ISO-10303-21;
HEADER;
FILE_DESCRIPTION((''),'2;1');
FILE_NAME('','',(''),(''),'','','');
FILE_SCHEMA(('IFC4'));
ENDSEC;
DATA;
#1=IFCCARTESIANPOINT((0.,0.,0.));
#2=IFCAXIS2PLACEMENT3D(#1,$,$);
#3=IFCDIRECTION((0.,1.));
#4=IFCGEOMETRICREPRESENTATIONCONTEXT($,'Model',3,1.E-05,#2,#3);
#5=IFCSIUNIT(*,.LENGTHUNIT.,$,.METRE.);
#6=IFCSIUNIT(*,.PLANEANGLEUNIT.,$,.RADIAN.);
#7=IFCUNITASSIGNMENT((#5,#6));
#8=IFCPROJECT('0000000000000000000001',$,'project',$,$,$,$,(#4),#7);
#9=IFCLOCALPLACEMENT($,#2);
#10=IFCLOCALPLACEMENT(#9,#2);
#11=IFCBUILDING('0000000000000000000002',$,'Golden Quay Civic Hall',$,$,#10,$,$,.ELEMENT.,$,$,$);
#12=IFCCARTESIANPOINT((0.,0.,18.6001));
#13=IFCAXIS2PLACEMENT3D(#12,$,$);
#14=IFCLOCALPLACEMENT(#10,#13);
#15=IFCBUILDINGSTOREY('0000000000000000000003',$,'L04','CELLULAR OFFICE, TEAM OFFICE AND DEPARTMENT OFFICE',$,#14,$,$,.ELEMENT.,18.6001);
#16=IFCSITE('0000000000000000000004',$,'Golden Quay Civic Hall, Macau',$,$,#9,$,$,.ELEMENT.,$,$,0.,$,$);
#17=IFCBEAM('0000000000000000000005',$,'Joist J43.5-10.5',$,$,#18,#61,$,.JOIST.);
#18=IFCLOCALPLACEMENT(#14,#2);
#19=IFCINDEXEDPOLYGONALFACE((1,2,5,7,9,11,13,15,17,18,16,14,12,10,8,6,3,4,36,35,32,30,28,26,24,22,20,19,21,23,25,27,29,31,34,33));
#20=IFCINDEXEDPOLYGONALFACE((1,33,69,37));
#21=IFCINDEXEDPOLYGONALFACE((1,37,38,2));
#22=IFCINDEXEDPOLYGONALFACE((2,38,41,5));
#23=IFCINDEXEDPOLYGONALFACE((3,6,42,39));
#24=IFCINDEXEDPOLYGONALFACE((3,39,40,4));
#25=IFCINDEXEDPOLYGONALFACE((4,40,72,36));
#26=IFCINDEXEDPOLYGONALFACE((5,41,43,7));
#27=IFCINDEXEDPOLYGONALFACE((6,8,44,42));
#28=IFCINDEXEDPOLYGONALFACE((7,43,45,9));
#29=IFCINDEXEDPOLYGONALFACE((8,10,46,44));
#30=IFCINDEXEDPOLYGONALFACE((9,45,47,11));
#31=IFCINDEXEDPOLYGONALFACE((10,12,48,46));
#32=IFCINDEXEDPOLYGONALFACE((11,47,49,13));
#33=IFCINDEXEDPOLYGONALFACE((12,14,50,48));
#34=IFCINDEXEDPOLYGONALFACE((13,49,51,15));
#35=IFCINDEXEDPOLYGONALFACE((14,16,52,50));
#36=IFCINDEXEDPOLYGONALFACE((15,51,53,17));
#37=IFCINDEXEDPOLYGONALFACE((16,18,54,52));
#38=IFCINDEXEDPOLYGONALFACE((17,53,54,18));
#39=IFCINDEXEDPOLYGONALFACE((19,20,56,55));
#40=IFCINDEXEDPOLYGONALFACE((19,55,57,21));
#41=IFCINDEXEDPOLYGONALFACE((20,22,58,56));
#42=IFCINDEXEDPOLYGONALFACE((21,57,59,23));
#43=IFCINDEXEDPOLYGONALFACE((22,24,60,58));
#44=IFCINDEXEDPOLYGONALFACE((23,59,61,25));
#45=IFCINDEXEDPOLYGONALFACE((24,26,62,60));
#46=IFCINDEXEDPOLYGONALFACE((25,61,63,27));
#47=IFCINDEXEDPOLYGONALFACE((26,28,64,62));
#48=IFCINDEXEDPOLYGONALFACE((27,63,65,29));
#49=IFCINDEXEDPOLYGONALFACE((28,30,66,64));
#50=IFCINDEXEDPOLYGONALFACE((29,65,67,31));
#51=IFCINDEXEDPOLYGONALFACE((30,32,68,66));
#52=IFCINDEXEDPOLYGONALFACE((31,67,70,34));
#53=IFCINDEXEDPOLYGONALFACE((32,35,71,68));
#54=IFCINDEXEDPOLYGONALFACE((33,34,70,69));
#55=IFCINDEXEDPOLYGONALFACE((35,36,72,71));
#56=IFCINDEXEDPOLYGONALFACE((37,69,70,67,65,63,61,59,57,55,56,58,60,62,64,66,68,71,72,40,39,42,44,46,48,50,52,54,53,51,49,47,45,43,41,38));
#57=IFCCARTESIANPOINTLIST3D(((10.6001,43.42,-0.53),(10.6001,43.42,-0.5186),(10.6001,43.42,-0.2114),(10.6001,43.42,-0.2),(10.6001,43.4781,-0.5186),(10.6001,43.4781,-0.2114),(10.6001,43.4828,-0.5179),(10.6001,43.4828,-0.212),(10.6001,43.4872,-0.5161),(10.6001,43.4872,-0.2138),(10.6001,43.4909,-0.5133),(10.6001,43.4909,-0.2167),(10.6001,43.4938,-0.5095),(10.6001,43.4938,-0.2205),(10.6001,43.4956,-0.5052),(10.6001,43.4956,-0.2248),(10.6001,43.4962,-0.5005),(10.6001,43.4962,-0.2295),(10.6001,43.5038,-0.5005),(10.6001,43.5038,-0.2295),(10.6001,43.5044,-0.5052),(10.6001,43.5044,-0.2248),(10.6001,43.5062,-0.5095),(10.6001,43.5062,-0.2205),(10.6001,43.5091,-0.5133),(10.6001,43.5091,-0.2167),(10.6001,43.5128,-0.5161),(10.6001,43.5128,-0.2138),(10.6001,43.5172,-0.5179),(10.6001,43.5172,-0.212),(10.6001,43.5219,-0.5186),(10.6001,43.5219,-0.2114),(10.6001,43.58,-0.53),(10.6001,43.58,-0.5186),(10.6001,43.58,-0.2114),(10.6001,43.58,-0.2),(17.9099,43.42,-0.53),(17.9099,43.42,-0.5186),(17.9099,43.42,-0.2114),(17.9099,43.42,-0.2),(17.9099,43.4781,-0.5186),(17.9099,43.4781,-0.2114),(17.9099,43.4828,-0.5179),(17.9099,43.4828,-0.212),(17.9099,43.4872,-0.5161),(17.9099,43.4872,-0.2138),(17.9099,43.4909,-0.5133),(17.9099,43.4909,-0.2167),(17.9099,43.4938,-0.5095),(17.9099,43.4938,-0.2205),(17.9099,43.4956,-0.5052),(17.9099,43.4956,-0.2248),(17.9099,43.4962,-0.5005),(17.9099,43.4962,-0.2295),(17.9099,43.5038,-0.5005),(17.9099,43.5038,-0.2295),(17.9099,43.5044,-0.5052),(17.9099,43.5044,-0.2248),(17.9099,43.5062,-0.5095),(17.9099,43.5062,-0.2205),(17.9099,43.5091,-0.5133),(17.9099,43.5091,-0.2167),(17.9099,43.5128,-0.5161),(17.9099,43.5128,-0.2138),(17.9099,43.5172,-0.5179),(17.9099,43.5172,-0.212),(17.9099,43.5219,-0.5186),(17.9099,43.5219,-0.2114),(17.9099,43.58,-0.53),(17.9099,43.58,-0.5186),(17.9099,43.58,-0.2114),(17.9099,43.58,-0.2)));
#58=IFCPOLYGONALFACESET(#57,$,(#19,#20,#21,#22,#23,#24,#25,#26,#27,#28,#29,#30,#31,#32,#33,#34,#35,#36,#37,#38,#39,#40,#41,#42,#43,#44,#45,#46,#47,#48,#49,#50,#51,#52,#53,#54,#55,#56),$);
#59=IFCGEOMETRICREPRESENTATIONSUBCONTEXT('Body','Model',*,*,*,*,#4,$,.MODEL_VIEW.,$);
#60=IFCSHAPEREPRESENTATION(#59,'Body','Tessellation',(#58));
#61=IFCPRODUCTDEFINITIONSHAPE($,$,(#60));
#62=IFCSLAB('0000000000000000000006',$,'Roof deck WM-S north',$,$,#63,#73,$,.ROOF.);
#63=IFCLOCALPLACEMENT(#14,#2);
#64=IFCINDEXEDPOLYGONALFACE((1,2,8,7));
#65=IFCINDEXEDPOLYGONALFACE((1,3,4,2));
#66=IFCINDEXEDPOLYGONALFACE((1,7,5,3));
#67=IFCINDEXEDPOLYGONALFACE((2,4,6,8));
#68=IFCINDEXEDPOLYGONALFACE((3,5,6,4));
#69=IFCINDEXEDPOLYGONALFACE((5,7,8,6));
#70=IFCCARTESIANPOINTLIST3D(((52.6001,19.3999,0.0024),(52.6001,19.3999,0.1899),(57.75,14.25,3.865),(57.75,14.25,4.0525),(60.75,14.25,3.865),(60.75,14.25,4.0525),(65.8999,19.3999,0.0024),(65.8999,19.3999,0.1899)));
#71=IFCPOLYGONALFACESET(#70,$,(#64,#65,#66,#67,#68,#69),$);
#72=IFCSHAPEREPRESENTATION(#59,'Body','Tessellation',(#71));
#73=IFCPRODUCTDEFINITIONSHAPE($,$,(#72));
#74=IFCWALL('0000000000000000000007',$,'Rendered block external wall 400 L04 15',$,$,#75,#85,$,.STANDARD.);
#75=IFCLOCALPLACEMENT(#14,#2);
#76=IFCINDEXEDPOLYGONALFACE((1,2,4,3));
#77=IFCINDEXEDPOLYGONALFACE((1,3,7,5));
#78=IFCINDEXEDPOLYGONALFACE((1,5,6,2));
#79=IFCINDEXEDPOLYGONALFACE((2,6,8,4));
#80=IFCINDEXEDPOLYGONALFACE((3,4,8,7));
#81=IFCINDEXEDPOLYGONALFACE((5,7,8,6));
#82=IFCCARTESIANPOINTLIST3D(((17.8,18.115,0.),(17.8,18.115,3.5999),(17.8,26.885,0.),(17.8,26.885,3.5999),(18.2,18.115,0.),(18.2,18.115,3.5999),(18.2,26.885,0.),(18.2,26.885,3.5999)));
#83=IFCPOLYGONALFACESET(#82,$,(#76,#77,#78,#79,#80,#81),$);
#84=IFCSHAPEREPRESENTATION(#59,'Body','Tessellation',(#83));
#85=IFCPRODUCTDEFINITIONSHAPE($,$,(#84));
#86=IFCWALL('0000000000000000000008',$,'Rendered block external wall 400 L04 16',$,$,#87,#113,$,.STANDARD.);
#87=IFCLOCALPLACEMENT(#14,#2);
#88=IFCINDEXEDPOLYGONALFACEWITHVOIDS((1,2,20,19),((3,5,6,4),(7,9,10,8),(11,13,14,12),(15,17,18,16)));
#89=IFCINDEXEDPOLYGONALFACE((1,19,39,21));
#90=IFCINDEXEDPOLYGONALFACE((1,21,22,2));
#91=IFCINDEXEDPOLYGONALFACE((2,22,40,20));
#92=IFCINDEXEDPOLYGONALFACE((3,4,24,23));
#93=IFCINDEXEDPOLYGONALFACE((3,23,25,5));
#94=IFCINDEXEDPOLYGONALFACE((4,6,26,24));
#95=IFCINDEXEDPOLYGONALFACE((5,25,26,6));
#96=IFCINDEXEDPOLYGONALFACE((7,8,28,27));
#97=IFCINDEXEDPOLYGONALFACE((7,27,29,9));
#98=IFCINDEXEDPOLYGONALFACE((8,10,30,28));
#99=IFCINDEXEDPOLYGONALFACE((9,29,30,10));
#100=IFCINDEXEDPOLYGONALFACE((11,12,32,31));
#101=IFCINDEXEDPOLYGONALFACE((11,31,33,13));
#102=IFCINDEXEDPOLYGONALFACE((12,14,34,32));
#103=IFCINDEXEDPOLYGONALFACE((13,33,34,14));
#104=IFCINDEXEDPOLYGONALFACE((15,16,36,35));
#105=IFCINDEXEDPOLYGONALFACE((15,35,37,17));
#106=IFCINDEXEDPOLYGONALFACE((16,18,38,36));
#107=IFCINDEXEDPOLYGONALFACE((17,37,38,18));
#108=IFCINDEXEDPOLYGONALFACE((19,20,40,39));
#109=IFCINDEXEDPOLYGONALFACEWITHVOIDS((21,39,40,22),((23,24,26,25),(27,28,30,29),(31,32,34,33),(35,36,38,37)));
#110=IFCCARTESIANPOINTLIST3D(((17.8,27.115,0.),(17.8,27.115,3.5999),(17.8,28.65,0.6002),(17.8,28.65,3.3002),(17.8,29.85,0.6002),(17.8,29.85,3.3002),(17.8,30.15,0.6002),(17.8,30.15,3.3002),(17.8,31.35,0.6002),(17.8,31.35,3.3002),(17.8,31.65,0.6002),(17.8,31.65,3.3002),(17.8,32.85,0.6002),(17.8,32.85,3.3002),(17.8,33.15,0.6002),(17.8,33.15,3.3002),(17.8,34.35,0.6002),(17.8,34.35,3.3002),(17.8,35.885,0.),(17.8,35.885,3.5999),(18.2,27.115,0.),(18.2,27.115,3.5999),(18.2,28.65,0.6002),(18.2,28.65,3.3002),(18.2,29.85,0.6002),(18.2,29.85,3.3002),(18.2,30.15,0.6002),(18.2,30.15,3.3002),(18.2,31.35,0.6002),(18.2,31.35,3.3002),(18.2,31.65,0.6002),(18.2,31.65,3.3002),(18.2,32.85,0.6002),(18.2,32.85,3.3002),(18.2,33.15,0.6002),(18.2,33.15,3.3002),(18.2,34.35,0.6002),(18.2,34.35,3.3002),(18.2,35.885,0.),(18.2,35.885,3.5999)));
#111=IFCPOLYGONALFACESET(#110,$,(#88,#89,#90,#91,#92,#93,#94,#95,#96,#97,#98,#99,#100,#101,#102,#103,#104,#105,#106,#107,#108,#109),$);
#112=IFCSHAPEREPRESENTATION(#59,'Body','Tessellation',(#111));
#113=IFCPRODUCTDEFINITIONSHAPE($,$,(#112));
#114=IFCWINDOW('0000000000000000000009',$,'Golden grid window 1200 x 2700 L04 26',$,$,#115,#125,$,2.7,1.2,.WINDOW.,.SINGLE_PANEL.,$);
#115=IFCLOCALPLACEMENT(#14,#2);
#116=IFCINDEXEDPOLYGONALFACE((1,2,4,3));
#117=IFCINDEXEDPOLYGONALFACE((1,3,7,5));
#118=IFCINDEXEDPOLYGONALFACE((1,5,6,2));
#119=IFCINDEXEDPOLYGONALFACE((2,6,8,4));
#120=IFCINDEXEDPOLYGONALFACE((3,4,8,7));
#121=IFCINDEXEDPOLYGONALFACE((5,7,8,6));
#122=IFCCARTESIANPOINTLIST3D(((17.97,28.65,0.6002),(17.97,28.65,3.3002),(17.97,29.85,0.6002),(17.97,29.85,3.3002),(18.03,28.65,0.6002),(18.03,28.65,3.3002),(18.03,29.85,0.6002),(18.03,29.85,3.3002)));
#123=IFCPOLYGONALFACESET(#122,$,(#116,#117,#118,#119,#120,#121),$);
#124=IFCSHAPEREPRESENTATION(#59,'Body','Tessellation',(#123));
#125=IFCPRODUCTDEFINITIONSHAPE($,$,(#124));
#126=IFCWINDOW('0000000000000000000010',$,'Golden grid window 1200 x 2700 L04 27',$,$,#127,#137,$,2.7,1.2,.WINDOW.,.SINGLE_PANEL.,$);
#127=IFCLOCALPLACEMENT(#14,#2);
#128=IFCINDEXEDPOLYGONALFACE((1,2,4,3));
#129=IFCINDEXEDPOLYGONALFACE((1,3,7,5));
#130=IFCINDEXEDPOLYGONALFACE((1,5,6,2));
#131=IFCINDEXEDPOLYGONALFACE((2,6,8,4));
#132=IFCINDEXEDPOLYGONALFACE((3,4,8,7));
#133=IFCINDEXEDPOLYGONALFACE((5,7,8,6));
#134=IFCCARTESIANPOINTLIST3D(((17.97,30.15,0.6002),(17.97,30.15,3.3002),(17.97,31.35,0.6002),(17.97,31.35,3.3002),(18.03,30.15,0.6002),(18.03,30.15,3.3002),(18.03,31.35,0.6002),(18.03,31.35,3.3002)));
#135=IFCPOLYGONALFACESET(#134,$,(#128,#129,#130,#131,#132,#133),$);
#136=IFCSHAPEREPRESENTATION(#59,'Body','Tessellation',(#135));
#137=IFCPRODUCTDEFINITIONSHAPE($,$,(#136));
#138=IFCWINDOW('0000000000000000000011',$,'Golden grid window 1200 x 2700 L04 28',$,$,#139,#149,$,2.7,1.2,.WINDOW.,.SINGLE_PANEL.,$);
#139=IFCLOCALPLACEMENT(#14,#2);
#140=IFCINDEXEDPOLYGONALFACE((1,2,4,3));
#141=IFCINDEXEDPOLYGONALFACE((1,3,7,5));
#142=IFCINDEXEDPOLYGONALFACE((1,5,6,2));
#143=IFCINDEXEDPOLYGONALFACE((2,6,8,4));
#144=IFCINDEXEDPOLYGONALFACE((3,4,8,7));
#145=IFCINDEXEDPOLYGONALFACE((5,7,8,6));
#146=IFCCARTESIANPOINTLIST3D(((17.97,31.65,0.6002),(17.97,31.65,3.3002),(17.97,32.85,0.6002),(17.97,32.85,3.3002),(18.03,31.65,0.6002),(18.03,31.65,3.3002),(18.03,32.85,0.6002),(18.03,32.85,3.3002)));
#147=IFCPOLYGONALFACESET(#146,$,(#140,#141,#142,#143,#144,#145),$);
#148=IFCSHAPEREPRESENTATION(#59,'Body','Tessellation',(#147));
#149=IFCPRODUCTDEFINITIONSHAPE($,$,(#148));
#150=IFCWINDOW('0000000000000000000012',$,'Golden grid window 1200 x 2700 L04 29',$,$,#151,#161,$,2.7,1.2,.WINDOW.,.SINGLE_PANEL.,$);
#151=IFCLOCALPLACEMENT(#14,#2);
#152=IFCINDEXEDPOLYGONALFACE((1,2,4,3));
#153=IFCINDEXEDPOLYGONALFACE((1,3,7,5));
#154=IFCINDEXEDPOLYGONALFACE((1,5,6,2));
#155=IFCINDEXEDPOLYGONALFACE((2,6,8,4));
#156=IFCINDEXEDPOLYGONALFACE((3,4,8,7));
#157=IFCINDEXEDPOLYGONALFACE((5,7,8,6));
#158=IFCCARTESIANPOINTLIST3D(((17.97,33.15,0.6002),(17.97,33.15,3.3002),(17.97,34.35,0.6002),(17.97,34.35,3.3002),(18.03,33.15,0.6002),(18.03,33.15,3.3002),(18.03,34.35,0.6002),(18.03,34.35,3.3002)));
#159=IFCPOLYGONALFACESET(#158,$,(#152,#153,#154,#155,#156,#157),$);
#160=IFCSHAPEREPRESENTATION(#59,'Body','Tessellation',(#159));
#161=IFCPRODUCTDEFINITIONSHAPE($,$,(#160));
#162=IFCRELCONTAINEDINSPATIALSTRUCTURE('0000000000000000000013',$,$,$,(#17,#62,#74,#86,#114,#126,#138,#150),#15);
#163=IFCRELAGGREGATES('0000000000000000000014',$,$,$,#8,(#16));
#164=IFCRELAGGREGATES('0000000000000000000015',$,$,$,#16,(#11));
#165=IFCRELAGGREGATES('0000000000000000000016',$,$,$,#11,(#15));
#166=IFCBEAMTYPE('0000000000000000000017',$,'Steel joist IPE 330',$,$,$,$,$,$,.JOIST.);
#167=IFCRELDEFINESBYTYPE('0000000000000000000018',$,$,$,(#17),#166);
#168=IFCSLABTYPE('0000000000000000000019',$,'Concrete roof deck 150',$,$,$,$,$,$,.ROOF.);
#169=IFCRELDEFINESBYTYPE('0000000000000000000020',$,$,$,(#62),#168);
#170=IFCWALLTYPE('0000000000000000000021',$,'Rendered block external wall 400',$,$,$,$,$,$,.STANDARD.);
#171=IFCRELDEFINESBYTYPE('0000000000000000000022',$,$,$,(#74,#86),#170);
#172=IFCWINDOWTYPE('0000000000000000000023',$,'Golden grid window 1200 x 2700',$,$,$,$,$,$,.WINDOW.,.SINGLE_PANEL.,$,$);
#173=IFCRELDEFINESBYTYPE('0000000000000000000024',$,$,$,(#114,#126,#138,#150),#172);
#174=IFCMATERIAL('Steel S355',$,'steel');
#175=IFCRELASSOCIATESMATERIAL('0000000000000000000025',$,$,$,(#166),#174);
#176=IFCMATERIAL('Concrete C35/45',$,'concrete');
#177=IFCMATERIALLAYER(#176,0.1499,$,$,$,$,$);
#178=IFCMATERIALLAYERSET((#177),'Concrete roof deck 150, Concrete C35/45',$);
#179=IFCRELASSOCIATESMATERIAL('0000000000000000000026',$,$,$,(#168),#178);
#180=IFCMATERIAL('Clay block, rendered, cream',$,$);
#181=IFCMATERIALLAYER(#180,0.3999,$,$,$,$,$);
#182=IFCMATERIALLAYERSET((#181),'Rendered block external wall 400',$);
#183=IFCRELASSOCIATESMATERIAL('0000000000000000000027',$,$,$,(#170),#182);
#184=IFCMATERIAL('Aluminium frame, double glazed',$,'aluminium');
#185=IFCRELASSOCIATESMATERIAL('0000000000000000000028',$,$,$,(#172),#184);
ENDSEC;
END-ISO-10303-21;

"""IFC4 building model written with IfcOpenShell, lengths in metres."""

from ifc_helpers import new_model, si_unit, direction, frame, frame_2d, origin, origin_2d, place, context, subcontext, project, spatial, polyline, rectangle, i_section, outline, extrude, material, layer, layer_set, material_profile, profile_set, type_object, element, fill, save


model = new_model("IFC4")

# Units and contexts
model_context = context("Model", 3, precision=1e-05, world=origin(), true_north=direction((0.0, 1.0)))
body_context = subcontext(model_context, "Body", "Model", "MODEL_VIEW")
ifc_project = project(units=[si_unit("LENGTHUNIT", "METRE"), si_unit("PLANEANGLEUNIT", "RADIAN")], contexts=[model_context])

# Site, building, storey
site_placement = place(None, origin())
site = spatial("IfcSite", under=ifc_project, at=site_placement, Name="Golden Quay Civic Hall, Macau", CompositionType="ELEMENT", RefElevation=0.0)
building_placement = place(site_placement, origin())
building = spatial("IfcBuilding", under=site, at=building_placement, Name="Golden Quay Civic Hall", CompositionType="ELEMENT")
storey_placement = place(building_placement, frame((0.0, 0.0, 18.6001)))
storey = spatial("IfcBuildingStorey", under=building, at=storey_placement, Name="L04", Description="CELLULAR OFFICE, TEAM OFFICE AND DEPARTMENT OFFICE", CompositionType="ELEMENT", Elevation=18.6001)

# Beam
ifc_material_1 = material(Name="Steel S355", Category="steel")
ifc_material_profile_1 = material_profile(ifc_material_1, i_section(OverallWidth=0.1599, OverallDepth=0.3301, WebThickness=0.0076, FlangeThickness=0.0115, FilletRadius=0.0181, at=origin_2d()), Name="IPE 330")
ifc_profile_set_1 = profile_set([ifc_material_profile_1], Name="Steel S355")
beam_type_1 = type_object("IfcBeamType", Name="Steel joist IPE 330", PredefinedType="JOIST", material=ifc_profile_set_1)
for number, where, z_axis, x_axis, name in (
    (1, (10.6001, 43.5, -0.365), (1.0, 0.0, 0.0), (0.0, 1.0, 0.0), "Joist J43.5-10.5"),
):
    element("IfcBeam", number, at=place(storey_placement, frame(where, z_axis=z_axis, x_axis=x_axis)), inside=storey, type_object=beam_type_1, Name=name, PredefinedType="JOIST", context=body_context, shape_type="SweptSolid", body=[
        extrude(i_section(OverallWidth=0.1599, OverallDepth=0.3301, WebThickness=0.0076, FlangeThickness=0.0115, FilletRadius=0.0181, at=origin_2d()), origin(), (0.0, 0.0, 1.0), 7.3098),
    ])

# Slab
ifc_material_2 = material(Name="Concrete C35/45", Category="concrete")
ifc_layer_1 = layer(ifc_material_2, 0.1499)
ifc_layer_set_1 = layer_set([ifc_layer_1], Name="Concrete roof deck 150, Concrete C35/45")
slab_type = type_object("IfcSlabType", Name="Concrete roof deck 150", PredefinedType="ROOF", material=ifc_layer_set_1)
slab_placement = place(storey_placement, frame((52.6001, 19.3999, 0.1899), z_axis=(0.0, 0.600012, 0.799991), x_axis=(1.0, 0.0, 0.0)))
element("IfcSlab", 2, at=slab_placement, inside=storey, type_object=slab_type, Name="Roof deck WM-S north", PredefinedType="ROOF", context=body_context, shape_type="SweptSolid", body=[
    extrude(outline(polyline([(0.0, 0.0), (13.2998, 0.0), (8.1499, -6.4375), (5.1499, -6.4375), (0.0, 0.0)])), origin(), (0.0, 0.600012, -0.799991), 0.1875),
])

# Wall
ifc_material_3 = material(Name="Clay block, rendered, cream")
ifc_layer_2 = layer(ifc_material_3, 0.3999)
ifc_layer_set_2 = layer_set([ifc_layer_2], Name="Rendered block external wall 400")
wall_type = type_object("IfcWallType", Name="Rendered block external wall 400", PredefinedType="STANDARD", material=ifc_layer_set_2)
wall_1_placement = place(storey_placement, frame((18.0, 26.885, 0.0), z_axis=(0.0, 0.0, 1.0), x_axis=(0.0, -1.0, 0.0)))
element("IfcWall", 3, at=wall_1_placement, inside=storey, type_object=wall_type, Name="Rendered block external wall 400 L04 15", PredefinedType="STANDARD", context=body_context, shape_type="SweptSolid", body=[
    extrude(rectangle(XDim=8.77, YDim=0.3999, at=frame_2d((4.385, 0.0))), origin(), (0.0, 0.0, 1.0), 3.5999),
])

# Wall, openings, windows
wall_2_placement = place(storey_placement, frame((18.0, 35.885, 0.0), z_axis=(0.0, 0.0, 1.0), x_axis=(0.0, -1.0, 0.0)))
wall_2 = element("IfcWall", 4, at=wall_2_placement, inside=storey, type_object=wall_type, Name="Rendered block external wall 400 L04 16", PredefinedType="STANDARD", context=body_context, shape_type="SweptSolid", body=[
    extrude(rectangle(XDim=8.77, YDim=0.3999, at=frame_2d((4.385, 0.0))), origin(), (0.0, 0.0, 1.0), 3.5999),
])
opening_1_placement = place(wall_2_placement, frame((6.0349, 0.0, 0.6001)))
opening_1 = element("IfcOpeningElement", 5, at=opening_1_placement, cuts=wall_2, PredefinedType="OPENING", context=body_context, shape_type="SweptSolid", body=[
    extrude(rectangle(XDim=1.2, YDim=2.7, at=frame_2d((0.6001, 1.3501))), frame((0.0, 0.21, 0.0), z_axis=(0.0, -1.0, 0.0), x_axis=(1.0, 0.0, 0.0)), (0.0, 0.0, 1.0), 0.4199),
])
opening_2_placement = place(wall_2_placement, frame((4.5349, 0.0, 0.6001)))
opening_2 = element("IfcOpeningElement", 6, at=opening_2_placement, cuts=wall_2, PredefinedType="OPENING", context=body_context, shape_type="SweptSolid", body=[
    extrude(rectangle(XDim=1.2, YDim=2.7, at=frame_2d((0.6001, 1.3501))), frame((0.0, 0.21, 0.0), z_axis=(0.0, -1.0, 0.0), x_axis=(1.0, 0.0, 0.0)), (0.0, 0.0, 1.0), 0.4199),
])
opening_3_placement = place(wall_2_placement, frame((3.0349, 0.0, 0.6001)))
opening_3 = element("IfcOpeningElement", 7, at=opening_3_placement, cuts=wall_2, PredefinedType="OPENING", context=body_context, shape_type="SweptSolid", body=[
    extrude(rectangle(XDim=1.2, YDim=2.7, at=frame_2d((0.6001, 1.3501))), frame((0.0, 0.21, 0.0), z_axis=(0.0, -1.0, 0.0), x_axis=(1.0, 0.0, 0.0)), (0.0, 0.0, 1.0), 0.4199),
])
opening_4_placement = place(wall_2_placement, frame((1.5349, 0.0, 0.6001)))
opening_4 = element("IfcOpeningElement", 8, at=opening_4_placement, cuts=wall_2, PredefinedType="OPENING", context=body_context, shape_type="SweptSolid", body=[
    extrude(rectangle(XDim=1.2, YDim=2.7, at=frame_2d((0.6001, 1.3501))), frame((0.0, 0.21, 0.0), z_axis=(0.0, -1.0, 0.0), x_axis=(1.0, 0.0, 0.0)), (0.0, 0.0, 1.0), 0.4199),
])
ifc_material_4 = material(Name="Aluminium frame, double glazed", Category="aluminium")
window_type = type_object("IfcWindowType", Name="Golden grid window 1200 x 2700", PartitioningType="SINGLE_PANEL", PredefinedType="WINDOW", material=ifc_material_4)
window_1_placement = place(opening_1_placement, origin())
window_1 = element("IfcWindow", 9, at=window_1_placement, inside=storey, type_object=window_type, Name="Golden grid window 1200 x 2700 L04 26", OverallHeight=2.7, OverallWidth=1.2, PartitioningType="SINGLE_PANEL", PredefinedType="WINDOW", context=body_context, shape_type="SweptSolid", body=[
    extrude(rectangle(XDim=1.2, YDim=2.7, at=frame_2d((0.6001, 1.3501))), frame((0.0, 0.03, 0.0), z_axis=(0.0, -1.0, 0.0), x_axis=(1.0, 0.0, 0.0)), (0.0, 0.0, 1.0), 0.0601),
])
fill(opening_1, window_1)
window_2_placement = place(opening_2_placement, origin())
window_2 = element("IfcWindow", 10, at=window_2_placement, inside=storey, type_object=window_type, Name="Golden grid window 1200 x 2700 L04 27", OverallHeight=2.7, OverallWidth=1.2, PartitioningType="SINGLE_PANEL", PredefinedType="WINDOW", context=body_context, shape_type="SweptSolid", body=[
    extrude(rectangle(XDim=1.2, YDim=2.7, at=frame_2d((0.6001, 1.3501))), frame((0.0, 0.03, 0.0), z_axis=(0.0, -1.0, 0.0), x_axis=(1.0, 0.0, 0.0)), (0.0, 0.0, 1.0), 0.0601),
])
fill(opening_2, window_2)
window_3_placement = place(opening_3_placement, origin())
window_3 = element("IfcWindow", 11, at=window_3_placement, inside=storey, type_object=window_type, Name="Golden grid window 1200 x 2700 L04 28", OverallHeight=2.7, OverallWidth=1.2, PartitioningType="SINGLE_PANEL", PredefinedType="WINDOW", context=body_context, shape_type="SweptSolid", body=[
    extrude(rectangle(XDim=1.2, YDim=2.7, at=frame_2d((0.6001, 1.3501))), frame((0.0, 0.03, 0.0), z_axis=(0.0, -1.0, 0.0), x_axis=(1.0, 0.0, 0.0)), (0.0, 0.0, 1.0), 0.0601),
])
fill(opening_3, window_3)
window_4_placement = place(opening_4_placement, origin())
window_4 = element("IfcWindow", 12, at=window_4_placement, inside=storey, type_object=window_type, Name="Golden grid window 1200 x 2700 L04 29", OverallHeight=2.7, OverallWidth=1.2, PartitioningType="SINGLE_PANEL", PredefinedType="WINDOW", context=body_context, shape_type="SweptSolid", body=[
    extrude(rectangle(XDim=1.2, YDim=2.7, at=frame_2d((0.6001, 1.3501))), frame((0.0, 0.03, 0.0), z_axis=(0.0, -1.0, 0.0), x_axis=(1.0, 0.0, 0.0)), (0.0, 0.0, 1.0), 0.0601),
])
fill(opening_4, window_4)

save(model, "model.ifc")
